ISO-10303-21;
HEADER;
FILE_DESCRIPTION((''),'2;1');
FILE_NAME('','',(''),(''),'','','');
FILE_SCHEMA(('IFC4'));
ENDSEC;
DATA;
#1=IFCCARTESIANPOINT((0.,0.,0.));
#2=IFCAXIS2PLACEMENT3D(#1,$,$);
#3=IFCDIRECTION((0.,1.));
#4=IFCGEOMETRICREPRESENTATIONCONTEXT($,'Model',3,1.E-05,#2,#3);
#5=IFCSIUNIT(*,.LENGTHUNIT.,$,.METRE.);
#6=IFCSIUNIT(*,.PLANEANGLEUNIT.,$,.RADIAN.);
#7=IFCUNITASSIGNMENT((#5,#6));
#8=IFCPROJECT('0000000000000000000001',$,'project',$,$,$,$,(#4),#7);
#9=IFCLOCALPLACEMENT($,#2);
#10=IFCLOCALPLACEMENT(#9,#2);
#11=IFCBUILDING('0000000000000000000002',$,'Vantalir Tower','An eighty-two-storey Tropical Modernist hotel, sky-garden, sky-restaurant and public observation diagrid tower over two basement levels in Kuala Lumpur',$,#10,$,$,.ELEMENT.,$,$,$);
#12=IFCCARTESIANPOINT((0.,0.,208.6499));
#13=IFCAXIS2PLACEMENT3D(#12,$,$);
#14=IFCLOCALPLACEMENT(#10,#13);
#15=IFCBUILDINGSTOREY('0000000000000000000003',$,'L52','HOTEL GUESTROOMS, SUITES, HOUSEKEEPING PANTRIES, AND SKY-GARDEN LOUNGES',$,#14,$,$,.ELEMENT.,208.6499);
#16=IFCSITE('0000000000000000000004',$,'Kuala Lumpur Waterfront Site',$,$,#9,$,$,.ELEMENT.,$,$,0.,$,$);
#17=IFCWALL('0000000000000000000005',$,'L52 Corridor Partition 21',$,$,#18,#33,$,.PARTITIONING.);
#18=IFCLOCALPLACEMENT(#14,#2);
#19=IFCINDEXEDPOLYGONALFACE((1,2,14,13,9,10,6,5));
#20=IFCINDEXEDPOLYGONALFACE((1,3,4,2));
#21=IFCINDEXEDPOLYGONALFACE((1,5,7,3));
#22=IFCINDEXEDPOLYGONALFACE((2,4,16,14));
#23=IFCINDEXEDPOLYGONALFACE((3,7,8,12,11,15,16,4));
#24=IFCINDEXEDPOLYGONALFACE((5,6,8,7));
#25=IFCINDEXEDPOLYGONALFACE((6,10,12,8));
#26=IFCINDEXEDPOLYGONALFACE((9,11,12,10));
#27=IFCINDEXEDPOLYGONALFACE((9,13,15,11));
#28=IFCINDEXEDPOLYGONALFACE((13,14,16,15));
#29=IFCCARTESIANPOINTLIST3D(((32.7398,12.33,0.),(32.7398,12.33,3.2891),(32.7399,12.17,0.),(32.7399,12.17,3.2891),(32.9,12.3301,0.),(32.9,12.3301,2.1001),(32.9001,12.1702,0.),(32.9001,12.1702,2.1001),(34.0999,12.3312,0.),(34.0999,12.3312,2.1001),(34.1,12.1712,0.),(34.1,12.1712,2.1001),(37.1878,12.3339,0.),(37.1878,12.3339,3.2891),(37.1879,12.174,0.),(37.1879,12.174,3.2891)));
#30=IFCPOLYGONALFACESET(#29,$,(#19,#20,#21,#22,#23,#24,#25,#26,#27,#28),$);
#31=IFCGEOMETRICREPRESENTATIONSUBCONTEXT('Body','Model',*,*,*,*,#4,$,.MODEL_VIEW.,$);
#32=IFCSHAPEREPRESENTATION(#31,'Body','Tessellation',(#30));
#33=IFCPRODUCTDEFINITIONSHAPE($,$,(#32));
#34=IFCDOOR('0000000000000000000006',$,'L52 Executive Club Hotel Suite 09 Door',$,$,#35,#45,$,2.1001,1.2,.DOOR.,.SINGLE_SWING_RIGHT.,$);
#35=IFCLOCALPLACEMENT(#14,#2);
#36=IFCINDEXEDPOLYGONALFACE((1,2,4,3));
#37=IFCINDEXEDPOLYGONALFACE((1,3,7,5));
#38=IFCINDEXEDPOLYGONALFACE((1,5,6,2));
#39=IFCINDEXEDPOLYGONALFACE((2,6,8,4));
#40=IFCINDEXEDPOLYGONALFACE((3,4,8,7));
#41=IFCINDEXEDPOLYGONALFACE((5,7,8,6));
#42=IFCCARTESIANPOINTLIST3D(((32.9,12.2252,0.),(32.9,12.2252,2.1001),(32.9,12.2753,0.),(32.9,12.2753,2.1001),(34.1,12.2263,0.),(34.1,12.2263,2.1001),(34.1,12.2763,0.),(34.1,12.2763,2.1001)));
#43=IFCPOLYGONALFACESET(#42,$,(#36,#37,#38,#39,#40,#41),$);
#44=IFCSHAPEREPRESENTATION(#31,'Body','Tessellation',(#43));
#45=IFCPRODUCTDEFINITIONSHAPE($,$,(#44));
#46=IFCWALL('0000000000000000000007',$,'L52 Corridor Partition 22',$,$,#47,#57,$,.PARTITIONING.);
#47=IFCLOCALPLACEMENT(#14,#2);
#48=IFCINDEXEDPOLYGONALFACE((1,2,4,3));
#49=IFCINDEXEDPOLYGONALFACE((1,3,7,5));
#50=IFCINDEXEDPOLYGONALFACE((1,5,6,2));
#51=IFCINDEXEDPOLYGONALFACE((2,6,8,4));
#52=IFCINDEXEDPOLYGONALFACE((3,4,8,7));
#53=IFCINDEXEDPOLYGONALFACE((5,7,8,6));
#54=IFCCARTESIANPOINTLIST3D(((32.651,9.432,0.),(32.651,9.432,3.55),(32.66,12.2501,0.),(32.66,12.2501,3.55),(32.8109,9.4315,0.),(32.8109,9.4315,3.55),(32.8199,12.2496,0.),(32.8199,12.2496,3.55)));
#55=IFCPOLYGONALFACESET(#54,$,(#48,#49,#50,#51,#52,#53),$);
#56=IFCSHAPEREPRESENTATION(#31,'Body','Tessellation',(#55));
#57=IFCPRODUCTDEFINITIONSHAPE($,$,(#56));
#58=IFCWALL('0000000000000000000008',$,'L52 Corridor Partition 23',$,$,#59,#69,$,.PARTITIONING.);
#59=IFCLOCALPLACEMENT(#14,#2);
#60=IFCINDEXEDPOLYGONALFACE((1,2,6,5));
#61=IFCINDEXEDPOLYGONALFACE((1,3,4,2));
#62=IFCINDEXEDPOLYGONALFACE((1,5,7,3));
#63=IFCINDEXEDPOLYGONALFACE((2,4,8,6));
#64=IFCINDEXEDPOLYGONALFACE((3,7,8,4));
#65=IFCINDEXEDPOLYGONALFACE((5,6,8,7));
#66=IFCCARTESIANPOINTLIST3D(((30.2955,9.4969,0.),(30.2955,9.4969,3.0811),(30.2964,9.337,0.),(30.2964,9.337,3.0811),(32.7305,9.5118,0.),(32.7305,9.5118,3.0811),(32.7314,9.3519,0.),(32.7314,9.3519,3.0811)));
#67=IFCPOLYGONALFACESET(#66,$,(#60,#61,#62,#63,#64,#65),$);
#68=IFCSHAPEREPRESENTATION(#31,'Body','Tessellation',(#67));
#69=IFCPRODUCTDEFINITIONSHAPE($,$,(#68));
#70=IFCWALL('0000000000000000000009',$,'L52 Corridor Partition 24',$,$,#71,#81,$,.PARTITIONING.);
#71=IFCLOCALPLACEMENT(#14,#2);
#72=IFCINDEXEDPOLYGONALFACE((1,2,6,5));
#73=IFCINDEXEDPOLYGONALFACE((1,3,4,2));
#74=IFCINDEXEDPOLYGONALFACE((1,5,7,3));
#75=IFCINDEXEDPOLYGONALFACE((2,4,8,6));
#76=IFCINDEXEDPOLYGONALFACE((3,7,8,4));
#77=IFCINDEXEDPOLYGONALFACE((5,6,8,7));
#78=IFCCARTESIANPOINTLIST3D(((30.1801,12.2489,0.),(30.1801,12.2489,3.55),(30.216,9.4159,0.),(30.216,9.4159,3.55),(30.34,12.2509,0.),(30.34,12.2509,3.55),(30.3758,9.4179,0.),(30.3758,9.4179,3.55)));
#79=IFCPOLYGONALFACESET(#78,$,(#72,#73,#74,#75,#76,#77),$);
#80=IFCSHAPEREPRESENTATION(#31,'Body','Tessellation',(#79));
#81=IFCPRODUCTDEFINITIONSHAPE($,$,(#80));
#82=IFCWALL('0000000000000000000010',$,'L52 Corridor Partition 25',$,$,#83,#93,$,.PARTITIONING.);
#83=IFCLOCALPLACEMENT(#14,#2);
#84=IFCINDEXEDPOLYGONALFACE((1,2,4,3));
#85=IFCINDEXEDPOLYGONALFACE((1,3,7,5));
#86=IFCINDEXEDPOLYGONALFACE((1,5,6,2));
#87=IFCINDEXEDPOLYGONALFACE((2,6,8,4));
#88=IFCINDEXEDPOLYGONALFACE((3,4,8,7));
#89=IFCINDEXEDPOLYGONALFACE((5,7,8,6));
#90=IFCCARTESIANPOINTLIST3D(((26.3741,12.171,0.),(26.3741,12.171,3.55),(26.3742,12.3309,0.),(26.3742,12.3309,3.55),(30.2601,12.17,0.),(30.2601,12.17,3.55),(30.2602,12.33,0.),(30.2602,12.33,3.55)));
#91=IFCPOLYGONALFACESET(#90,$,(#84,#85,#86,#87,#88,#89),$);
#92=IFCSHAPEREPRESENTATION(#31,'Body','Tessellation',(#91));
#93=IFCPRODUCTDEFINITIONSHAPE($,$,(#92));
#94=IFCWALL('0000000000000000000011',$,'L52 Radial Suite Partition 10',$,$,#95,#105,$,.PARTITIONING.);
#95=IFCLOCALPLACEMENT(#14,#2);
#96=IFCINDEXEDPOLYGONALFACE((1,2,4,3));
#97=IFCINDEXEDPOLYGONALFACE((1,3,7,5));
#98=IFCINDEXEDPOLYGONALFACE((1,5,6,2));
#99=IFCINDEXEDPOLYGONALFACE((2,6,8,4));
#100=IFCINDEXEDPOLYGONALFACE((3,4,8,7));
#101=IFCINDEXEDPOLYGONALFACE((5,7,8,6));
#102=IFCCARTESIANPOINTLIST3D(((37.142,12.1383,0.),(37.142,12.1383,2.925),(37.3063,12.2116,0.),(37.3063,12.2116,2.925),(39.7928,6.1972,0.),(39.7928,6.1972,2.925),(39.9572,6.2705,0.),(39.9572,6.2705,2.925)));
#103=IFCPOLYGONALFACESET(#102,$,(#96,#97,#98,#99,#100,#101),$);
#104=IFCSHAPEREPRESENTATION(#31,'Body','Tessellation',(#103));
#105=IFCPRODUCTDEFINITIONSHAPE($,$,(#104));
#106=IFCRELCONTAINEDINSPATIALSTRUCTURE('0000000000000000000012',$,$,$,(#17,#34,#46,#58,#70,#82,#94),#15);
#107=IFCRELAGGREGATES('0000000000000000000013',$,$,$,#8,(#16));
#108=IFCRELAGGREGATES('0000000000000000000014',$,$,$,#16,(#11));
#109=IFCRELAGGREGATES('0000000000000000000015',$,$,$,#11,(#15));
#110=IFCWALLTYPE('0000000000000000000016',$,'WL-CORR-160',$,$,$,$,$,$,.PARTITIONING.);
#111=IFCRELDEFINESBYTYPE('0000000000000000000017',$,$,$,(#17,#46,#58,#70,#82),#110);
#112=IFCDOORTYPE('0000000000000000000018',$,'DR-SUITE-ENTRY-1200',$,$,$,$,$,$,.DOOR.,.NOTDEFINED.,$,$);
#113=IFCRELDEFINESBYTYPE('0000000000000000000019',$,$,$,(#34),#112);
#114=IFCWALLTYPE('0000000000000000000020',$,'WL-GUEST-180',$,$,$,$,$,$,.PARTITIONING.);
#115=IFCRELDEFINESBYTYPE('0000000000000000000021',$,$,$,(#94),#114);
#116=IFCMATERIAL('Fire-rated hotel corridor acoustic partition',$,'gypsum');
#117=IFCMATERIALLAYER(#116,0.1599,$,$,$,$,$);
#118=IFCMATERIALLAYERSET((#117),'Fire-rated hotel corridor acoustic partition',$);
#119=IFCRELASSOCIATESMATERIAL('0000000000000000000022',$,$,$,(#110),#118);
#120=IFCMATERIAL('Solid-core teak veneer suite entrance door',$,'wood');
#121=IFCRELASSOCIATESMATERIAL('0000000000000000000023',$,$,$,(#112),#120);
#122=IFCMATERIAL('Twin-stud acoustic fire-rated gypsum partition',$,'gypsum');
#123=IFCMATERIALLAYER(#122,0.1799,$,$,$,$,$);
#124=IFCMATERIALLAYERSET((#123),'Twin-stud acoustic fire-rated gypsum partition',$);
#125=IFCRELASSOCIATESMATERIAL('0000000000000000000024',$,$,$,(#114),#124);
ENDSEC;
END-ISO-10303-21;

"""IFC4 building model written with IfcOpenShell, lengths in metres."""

from ifc_helpers import new_model, si_unit, direction, frame, frame_2d, origin, place, context, subcontext, project, spatial, rectangle, extrude, material, layer, layer_set, type_object, element, fill, save


model = new_model("IFC4")

# Units and contexts
model_context = context("Model", 3, precision=1e-05, world=origin(), true_north=direction((0.0, 1.0)))
body_context = subcontext(model_context, "Body", "Model", "MODEL_VIEW")
ifc_project = project(units=[si_unit("LENGTHUNIT", "METRE"), si_unit("PLANEANGLEUNIT", "RADIAN")], contexts=[model_context])

# Site, building, storey
site_placement = place(None, origin())
site = spatial("IfcSite", under=ifc_project, at=site_placement, Name="Kuala Lumpur Waterfront Site", CompositionType="ELEMENT", RefElevation=0.0)
building_placement = place(site_placement, origin())
building = spatial("IfcBuilding", under=site, at=building_placement, Name="Vantalir Tower", Description="An eighty-two-storey Tropical Modernist hotel, sky-garden, sky-restaurant and public observation diagrid tower over two basement levels in Kuala Lumpur", CompositionType="ELEMENT")
storey_placement = place(building_placement, frame((0.0, 0.0, 208.6499)))
storey = spatial("IfcBuildingStorey", under=building, at=storey_placement, Name="L52", Description="HOTEL GUESTROOMS, SUITES, HOUSEKEEPING PANTRIES, AND SKY-GARDEN LOUNGES", CompositionType="ELEMENT", Elevation=208.6499)

# Wall, opening, door
ifc_material_1 = material(Name="Fire-rated hotel corridor acoustic partition", Category="gypsum")
ifc_layer_1 = layer(ifc_material_1, 0.1599)
ifc_layer_set_1 = layer_set([ifc_layer_1], Name="Fire-rated hotel corridor acoustic partition")
wall_type_1 = type_object("IfcWallType", Name="WL-CORR-160", PredefinedType="PARTITIONING", material=ifc_layer_set_1)
wall_1_placement = place(storey_placement, frame((37.188, 12.2539, 0.0), z_axis=(0.0, 0.0, 1.0), x_axis=(-1.0, -0.000878, 0.0)))
wall_1 = element("IfcWall", 1, at=wall_1_placement, inside=storey, type_object=wall_type_1, Name="L52 Corridor Partition 21", PredefinedType="PARTITIONING", context=body_context, shape_type="SweptSolid", body=[
    extrude(rectangle(XDim=4.448, YDim=0.1599, at=frame_2d((2.2241, 0.0))), origin(), (0.0, 0.0, 1.0), 3.2891),
])
opening_1_placement = place(wall_1_placement, frame((3.0879, 0.0, 0.0)))
opening_1 = element("IfcOpeningElement", 2, at=opening_1_placement, cuts=wall_1, PredefinedType="OPENING", context=body_context, shape_type="SweptSolid", body=[
    extrude(rectangle(XDim=1.2, YDim=2.1001, at=frame_2d((0.6001, 1.05))), frame((0.0, 0.0898, 0.0), z_axis=(0.0, -1.0, 0.0), x_axis=(1.0, 0.0, 0.0)), (0.0, 0.0, 1.0), 0.1799),
])
ifc_material_2 = material(Name="Solid-core teak veneer suite entrance door", Category="wood")
door_type_1 = type_object("IfcDoorType", Name="DR-SUITE-ENTRY-1200", OperationType="NOTDEFINED", PredefinedType="DOOR", material=ifc_material_2)
door_1_placement = place(opening_1_placement, origin())
door_1 = element("IfcDoor", 3, at=door_1_placement, inside=storey, type_object=door_type_1, Name="L52 Executive Club Hotel Suite 09 Door", OperationType="SINGLE_SWING_RIGHT", OverallHeight=2.1001, OverallWidth=1.2, PredefinedType="DOOR", context=body_context, shape_type="SweptSolid", body=[
    extrude(rectangle(XDim=1.2, YDim=2.1001, at=frame_2d((0.6001, 1.05))), frame((0.0, 0.0249, 0.0), z_axis=(0.0, -1.0, 0.0), x_axis=(1.0, 0.0, 0.0)), (0.0, 0.0, 1.0), 0.05),
])
fill(opening_1, door_1)

# Walls
wall_2_placement = place(storey_placement, frame((32.74, 12.25, 0.0), z_axis=(0.0, 0.0, 1.0), x_axis=(-0.003205, -0.999995, 0.0)))
element("IfcWall", 4, at=wall_2_placement, inside=storey, type_object=wall_type_1, Name="L52 Corridor Partition 22", PredefinedType="PARTITIONING", context=body_context, shape_type="SweptSolid", body=[
    extrude(rectangle(XDim=2.8181, YDim=0.1599, at=frame_2d((1.4092, 0.0))), origin(), (0.0, 0.0, 1.0), 3.55),
])
wall_3_placement = place(storey_placement, frame((32.731, 9.4319, 0.0), z_axis=(0.0, 0.0, 1.0), x_axis=(-0.999981, -0.006116, 0.0)))
element("IfcWall", 5, at=wall_3_placement, inside=storey, type_object=wall_type_1, Name="L52 Corridor Partition 23", PredefinedType="PARTITIONING", context=body_context, shape_type="SweptSolid", body=[
    extrude(rectangle(XDim=2.4351, YDim=0.1599, at=frame_2d((1.2175, 0.0))), origin(), (0.0, 0.0, 1.0), 3.0811),
])
wall_4_placement = place(storey_placement, frame((30.2959, 9.417, 0.0), z_axis=(0.0, 0.0, 1.0), x_axis=(-0.012667, 0.99992, 0.0)))
element("IfcWall", 6, at=wall_4_placement, inside=storey, type_object=wall_type_1, Name="L52 Corridor Partition 24", PredefinedType="PARTITIONING", context=body_context, shape_type="SweptSolid", body=[
    extrude(rectangle(XDim=2.8333, YDim=0.1599, at=frame_2d((1.4165, 0.0))), origin(), (0.0, 0.0, 1.0), 3.55),
])
wall_5_placement = place(storey_placement, frame((30.26, 12.25, 0.0), z_axis=(0.0, 0.0, 1.0), x_axis=(-1.0, 0.000251, 0.0)))
element("IfcWall", 7, at=wall_5_placement, inside=storey, type_object=wall_type_1, Name="L52 Corridor Partition 25", PredefinedType="PARTITIONING", context=body_context, shape_type="SweptSolid", body=[
    extrude(rectangle(XDim=3.886, YDim=0.1599, at=frame_2d((1.9429, 0.0))), origin(), (0.0, 0.0, 1.0), 3.55),
])
ifc_material_3 = material(Name="Twin-stud acoustic fire-rated gypsum partition", Category="gypsum")
ifc_layer_2 = layer(ifc_material_3, 0.1799)
ifc_layer_set_2 = layer_set([ifc_layer_2], Name="Twin-stud acoustic fire-rated gypsum partition")
wall_type_2 = type_object("IfcWallType", Name="WL-GUEST-180", PredefinedType="PARTITIONING", material=ifc_layer_set_2)
wall_6_placement = place(storey_placement, frame((37.2241, 12.175, 0.0), z_axis=(0.0, 0.0, 1.0), x_axis=(0.407468, -0.913219, 0.0)))
element("IfcWall", 8, at=wall_6_placement, inside=storey, type_object=wall_type_2, Name="L52 Radial Suite Partition 10", PredefinedType="PARTITIONING", context=body_context, shape_type="SweptSolid", body=[
    extrude(rectangle(XDim=6.5056, YDim=0.1799, at=frame_2d((3.2529, 0.0))), origin(), (0.0, 0.0, 1.0), 2.925),
])

save(model, "model.ifc")
